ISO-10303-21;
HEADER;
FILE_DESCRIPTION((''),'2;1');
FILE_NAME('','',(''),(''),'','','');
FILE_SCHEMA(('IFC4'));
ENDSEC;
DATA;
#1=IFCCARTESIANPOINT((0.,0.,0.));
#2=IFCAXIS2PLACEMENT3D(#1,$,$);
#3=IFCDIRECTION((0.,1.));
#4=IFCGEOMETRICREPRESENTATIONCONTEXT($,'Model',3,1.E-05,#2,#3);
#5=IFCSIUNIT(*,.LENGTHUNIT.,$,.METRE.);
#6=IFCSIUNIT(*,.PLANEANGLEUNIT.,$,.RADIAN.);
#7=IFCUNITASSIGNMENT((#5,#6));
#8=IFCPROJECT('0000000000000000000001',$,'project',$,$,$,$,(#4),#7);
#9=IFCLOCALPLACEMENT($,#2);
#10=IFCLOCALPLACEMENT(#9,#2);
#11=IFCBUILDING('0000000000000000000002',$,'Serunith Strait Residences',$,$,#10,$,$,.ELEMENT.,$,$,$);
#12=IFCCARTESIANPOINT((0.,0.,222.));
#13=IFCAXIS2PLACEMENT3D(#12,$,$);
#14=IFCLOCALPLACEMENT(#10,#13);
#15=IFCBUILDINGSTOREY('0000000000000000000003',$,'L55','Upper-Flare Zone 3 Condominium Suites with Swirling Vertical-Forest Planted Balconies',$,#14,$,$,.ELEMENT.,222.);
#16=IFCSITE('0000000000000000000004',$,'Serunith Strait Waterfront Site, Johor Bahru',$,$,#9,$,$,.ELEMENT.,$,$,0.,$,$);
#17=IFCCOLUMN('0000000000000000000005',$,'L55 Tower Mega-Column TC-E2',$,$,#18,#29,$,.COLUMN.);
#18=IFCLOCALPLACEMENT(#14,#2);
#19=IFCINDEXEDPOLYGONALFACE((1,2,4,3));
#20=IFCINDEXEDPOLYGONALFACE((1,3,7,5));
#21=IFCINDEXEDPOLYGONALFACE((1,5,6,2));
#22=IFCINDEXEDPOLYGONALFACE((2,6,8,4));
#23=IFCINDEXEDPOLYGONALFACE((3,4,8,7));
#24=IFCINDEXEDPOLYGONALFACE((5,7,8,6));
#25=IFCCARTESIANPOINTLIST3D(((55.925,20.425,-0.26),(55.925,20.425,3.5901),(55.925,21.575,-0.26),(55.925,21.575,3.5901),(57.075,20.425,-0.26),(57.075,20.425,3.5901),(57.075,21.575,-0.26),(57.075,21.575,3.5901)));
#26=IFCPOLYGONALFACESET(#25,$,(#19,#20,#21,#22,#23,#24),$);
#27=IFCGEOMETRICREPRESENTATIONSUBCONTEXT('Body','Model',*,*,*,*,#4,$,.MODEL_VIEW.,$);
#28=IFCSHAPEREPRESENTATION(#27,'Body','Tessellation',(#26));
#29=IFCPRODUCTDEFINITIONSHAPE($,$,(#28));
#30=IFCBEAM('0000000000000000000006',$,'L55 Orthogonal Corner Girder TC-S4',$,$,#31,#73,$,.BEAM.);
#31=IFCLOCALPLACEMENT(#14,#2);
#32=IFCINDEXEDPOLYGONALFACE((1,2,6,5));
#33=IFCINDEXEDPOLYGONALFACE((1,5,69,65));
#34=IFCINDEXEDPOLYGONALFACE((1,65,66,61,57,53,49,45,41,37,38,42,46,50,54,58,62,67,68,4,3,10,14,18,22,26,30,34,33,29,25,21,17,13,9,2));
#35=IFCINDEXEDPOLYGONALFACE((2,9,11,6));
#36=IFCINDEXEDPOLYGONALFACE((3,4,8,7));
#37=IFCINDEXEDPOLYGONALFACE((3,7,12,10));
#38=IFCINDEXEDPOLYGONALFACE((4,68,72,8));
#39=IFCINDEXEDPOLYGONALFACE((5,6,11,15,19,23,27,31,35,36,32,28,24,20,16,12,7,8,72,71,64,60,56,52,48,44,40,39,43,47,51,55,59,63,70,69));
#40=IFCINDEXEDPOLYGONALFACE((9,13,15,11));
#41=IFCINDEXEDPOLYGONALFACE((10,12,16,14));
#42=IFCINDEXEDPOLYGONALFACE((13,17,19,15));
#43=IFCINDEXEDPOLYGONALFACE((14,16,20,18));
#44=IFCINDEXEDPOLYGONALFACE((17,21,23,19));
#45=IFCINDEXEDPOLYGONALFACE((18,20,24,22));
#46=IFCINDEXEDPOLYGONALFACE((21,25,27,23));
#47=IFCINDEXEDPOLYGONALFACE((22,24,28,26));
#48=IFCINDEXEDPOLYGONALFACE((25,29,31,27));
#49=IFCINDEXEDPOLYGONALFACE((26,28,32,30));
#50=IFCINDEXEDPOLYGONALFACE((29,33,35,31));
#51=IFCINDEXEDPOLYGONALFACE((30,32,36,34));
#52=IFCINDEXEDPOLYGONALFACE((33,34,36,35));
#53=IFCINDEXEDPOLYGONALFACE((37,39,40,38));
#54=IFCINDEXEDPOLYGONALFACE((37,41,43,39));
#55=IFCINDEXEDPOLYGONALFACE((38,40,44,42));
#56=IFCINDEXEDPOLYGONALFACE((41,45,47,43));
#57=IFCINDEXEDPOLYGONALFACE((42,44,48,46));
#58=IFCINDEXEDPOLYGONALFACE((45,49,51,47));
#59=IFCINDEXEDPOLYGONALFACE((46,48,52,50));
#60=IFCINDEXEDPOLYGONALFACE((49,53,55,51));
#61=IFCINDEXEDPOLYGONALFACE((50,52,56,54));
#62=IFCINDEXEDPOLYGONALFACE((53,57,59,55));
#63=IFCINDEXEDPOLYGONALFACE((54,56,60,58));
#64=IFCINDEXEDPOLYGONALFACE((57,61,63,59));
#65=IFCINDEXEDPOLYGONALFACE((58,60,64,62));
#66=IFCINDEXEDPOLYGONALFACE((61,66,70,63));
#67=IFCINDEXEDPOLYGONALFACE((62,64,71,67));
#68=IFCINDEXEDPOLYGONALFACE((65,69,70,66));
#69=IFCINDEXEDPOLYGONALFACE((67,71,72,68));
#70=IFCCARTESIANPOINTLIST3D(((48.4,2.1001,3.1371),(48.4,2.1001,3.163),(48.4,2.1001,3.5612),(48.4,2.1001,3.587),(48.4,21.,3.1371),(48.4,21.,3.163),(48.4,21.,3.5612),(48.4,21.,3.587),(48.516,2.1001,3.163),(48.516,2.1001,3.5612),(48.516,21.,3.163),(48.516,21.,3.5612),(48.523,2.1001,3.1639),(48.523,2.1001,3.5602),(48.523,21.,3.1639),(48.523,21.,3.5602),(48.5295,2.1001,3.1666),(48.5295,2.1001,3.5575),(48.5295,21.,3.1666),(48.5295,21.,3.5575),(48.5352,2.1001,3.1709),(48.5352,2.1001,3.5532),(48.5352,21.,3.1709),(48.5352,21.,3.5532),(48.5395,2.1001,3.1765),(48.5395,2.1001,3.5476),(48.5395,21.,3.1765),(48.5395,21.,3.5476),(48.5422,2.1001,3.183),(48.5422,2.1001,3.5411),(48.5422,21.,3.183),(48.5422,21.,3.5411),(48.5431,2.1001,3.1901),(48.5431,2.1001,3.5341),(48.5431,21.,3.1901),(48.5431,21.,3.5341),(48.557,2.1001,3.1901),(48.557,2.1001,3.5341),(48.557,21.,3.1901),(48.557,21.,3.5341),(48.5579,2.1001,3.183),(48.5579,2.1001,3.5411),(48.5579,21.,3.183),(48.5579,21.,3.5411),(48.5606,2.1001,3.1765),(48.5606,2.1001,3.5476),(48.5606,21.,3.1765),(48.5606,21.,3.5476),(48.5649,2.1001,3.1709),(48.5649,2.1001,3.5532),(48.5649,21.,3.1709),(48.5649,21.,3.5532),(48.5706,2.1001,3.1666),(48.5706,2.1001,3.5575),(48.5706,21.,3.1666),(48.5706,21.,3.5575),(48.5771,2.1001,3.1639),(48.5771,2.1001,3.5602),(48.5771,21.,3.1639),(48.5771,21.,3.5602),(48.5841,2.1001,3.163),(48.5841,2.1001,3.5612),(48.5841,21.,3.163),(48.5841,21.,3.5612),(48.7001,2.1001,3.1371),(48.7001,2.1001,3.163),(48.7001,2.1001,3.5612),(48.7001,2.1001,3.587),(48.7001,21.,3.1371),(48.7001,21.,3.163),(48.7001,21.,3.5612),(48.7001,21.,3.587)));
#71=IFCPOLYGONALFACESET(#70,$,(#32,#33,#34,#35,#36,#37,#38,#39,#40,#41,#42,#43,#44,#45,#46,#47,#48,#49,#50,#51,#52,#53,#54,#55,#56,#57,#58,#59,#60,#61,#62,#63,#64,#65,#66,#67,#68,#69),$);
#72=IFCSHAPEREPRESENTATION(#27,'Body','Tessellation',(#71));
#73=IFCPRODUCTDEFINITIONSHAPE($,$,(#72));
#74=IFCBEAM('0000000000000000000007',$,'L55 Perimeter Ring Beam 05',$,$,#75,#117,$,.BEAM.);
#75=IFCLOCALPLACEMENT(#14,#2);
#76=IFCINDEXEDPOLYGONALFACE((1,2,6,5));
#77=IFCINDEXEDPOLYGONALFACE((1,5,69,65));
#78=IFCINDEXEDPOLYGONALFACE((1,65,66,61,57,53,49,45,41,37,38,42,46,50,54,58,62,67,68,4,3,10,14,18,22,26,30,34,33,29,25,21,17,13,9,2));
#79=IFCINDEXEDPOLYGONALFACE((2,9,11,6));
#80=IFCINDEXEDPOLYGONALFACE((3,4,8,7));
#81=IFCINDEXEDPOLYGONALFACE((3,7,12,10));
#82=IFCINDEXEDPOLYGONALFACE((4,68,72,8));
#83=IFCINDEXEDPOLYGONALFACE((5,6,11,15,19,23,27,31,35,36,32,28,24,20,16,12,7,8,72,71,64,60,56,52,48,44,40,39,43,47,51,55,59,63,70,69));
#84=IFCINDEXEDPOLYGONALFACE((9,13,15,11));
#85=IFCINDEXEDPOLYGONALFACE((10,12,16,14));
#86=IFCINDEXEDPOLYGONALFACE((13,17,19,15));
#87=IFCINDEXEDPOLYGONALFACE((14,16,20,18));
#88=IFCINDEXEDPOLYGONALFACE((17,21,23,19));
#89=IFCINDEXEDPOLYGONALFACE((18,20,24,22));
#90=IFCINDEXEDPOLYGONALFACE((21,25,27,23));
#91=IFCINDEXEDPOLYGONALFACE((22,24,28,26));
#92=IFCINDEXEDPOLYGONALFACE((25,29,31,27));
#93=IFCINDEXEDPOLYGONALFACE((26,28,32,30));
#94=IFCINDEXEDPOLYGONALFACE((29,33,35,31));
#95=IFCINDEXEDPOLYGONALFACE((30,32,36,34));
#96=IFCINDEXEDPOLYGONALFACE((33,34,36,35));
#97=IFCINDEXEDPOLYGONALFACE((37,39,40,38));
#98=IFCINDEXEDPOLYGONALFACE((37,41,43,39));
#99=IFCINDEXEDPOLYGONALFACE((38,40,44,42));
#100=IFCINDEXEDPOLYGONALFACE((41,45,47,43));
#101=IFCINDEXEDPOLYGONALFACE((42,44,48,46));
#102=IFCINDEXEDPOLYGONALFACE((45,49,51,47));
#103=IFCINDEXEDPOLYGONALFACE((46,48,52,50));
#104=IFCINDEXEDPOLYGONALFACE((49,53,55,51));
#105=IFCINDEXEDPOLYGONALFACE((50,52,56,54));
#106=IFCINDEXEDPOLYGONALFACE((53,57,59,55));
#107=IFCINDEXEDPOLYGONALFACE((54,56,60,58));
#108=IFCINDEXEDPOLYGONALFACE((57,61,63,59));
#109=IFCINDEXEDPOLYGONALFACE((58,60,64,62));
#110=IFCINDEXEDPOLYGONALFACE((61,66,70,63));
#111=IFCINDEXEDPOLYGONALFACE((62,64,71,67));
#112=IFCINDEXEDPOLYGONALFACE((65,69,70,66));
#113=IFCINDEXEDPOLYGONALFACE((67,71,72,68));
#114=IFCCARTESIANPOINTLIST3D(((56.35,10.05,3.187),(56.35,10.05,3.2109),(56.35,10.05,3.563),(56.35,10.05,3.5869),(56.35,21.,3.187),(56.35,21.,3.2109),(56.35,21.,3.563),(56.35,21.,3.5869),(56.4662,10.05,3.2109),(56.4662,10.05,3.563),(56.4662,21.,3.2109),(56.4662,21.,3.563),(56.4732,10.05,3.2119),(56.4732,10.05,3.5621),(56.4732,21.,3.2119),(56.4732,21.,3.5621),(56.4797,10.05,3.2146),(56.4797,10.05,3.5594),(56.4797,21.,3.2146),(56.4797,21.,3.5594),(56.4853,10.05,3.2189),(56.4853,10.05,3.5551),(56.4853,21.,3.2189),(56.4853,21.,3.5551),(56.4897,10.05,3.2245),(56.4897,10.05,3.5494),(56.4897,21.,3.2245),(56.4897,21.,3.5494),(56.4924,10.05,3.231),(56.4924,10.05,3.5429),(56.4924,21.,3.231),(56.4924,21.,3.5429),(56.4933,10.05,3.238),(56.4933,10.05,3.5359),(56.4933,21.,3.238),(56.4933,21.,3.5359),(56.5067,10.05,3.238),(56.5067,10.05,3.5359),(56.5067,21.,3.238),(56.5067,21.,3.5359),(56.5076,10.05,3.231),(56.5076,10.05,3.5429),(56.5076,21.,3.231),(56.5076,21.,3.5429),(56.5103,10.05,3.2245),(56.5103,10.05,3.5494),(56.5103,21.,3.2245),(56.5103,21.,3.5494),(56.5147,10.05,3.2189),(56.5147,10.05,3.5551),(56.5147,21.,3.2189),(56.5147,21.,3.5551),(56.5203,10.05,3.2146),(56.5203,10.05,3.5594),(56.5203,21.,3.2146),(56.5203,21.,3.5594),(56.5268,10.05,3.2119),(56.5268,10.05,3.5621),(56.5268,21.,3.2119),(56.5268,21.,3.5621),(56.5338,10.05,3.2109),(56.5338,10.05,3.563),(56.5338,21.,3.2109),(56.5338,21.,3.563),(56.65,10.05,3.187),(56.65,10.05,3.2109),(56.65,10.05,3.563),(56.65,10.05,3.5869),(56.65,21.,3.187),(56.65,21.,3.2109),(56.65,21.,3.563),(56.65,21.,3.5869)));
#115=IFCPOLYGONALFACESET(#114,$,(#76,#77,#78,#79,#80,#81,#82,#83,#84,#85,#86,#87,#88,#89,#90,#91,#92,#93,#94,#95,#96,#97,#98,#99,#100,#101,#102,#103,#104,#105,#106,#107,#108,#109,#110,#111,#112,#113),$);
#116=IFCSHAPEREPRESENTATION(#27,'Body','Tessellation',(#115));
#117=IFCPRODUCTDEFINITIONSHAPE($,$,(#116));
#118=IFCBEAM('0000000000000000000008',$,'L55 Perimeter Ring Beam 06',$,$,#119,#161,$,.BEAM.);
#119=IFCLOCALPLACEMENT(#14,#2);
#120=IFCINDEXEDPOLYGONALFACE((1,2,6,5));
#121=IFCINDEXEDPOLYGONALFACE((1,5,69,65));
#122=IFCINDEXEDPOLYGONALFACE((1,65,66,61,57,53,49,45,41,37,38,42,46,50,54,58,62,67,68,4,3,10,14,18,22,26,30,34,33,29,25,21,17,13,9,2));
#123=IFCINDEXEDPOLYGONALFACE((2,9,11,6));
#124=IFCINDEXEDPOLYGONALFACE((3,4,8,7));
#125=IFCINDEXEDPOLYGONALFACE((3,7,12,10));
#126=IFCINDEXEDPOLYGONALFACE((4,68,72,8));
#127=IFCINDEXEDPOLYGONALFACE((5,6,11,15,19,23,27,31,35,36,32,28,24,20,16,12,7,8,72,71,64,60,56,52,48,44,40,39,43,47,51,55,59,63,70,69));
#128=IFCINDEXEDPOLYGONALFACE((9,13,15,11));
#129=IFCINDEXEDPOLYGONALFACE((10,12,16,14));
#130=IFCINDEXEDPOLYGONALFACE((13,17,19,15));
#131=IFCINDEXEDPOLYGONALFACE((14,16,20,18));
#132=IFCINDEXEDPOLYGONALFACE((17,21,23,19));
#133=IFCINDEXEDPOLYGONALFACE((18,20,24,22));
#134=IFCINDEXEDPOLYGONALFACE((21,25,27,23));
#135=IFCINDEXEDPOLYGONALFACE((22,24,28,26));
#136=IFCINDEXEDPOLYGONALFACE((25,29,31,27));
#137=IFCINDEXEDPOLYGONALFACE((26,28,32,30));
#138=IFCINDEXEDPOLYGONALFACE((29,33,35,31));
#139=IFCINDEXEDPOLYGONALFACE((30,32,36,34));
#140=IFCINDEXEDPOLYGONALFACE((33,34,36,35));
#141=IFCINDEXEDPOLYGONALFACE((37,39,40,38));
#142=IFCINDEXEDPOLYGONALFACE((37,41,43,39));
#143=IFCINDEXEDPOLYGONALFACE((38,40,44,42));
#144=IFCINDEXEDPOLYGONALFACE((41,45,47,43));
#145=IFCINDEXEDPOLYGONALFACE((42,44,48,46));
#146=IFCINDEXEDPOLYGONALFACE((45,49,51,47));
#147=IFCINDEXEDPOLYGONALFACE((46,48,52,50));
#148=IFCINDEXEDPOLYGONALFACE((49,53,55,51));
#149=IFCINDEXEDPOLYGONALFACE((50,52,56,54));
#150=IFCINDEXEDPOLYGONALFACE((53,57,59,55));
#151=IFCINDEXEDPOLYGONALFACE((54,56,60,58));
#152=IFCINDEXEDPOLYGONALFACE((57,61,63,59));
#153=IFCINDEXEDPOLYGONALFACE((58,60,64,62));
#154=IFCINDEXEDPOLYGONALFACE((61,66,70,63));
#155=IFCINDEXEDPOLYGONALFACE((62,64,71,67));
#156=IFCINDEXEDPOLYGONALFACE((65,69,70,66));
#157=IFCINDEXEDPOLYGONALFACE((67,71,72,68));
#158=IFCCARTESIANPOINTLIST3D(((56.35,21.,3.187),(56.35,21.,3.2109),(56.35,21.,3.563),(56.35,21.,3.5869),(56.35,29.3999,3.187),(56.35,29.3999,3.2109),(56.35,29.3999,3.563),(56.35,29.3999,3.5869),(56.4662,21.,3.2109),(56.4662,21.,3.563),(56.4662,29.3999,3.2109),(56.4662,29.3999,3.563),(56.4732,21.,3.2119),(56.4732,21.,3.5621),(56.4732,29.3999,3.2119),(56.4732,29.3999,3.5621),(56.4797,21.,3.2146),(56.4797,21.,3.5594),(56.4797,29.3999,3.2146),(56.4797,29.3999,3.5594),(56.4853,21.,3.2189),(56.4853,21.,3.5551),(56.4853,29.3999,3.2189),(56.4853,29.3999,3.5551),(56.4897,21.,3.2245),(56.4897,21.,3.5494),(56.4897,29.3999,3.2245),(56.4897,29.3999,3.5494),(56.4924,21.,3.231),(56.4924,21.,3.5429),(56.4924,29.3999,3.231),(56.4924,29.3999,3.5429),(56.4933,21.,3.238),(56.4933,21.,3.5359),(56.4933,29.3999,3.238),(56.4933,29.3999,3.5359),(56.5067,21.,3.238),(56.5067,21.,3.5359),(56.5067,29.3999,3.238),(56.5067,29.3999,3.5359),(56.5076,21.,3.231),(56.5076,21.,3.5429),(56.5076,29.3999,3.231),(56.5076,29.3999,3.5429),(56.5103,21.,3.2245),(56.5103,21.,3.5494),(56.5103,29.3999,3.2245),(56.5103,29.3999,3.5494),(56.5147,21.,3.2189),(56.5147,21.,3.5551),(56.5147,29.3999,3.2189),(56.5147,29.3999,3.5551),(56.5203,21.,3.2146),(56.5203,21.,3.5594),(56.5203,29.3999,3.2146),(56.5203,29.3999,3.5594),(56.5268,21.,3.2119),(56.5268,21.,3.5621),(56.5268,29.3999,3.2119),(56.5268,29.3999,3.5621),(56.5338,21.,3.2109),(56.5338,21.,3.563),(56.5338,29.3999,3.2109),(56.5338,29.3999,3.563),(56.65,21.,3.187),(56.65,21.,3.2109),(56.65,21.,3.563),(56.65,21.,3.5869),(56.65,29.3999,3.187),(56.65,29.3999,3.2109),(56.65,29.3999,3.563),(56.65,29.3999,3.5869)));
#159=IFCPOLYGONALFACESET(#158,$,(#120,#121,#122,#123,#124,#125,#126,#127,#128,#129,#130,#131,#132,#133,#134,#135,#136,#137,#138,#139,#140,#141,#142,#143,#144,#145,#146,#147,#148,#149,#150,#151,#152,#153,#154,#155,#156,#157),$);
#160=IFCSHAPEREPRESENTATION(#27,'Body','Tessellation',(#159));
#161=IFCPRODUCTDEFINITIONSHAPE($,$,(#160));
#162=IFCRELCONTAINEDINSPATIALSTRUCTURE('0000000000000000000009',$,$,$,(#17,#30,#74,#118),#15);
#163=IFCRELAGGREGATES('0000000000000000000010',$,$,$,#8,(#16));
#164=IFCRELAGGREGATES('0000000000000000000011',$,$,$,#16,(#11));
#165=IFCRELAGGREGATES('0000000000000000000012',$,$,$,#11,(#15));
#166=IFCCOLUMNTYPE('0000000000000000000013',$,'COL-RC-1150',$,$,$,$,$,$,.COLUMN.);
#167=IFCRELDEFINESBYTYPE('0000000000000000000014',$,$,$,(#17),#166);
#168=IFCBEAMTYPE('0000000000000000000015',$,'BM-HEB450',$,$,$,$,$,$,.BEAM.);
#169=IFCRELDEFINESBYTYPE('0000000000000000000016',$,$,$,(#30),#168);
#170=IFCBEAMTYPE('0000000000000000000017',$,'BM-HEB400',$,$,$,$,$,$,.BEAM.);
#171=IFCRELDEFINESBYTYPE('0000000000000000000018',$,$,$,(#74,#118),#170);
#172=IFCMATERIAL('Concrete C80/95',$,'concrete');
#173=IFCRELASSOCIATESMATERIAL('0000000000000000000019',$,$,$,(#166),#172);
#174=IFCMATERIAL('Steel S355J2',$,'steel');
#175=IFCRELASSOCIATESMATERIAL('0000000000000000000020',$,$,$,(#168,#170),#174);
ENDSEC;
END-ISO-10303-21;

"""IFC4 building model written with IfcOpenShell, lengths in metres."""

from ifc_helpers import new_model, si_unit, direction, frame, origin, origin_2d, place, context, subcontext, project, spatial, rectangle, i_section, extrude, source, transform, mapped, material, material_profile, profile_set, type_object, element, save


model = new_model("IFC4")

# Units and contexts
model_context = context("Model", 3, precision=1e-05, world=origin(), true_north=direction((0.0, 1.0)))
body_context = subcontext(model_context, "Body", "Model", "MODEL_VIEW")
ifc_project = project(units=[si_unit("LENGTHUNIT", "METRE"), si_unit("PLANEANGLEUNIT", "RADIAN")], contexts=[model_context])

# Site, building, storey
site_placement = place(None, origin())
site = spatial("IfcSite", under=ifc_project, at=site_placement, Name="Serunith Strait Waterfront Site, Johor Bahru", CompositionType="ELEMENT", RefElevation=0.0)
building_placement = place(site_placement, origin())
building = spatial("IfcBuilding", under=site, at=building_placement, Name="Serunith Strait Residences", CompositionType="ELEMENT")
storey_placement = place(building_placement, frame((0.0, 0.0, 222.0)))
storey = spatial("IfcBuildingStorey", under=building, at=storey_placement, Name="L55", Description="Upper-Flare Zone 3 Condominium Suites with Swirling Vertical-Forest Planted Balconies", CompositionType="ELEMENT", Elevation=222.0)

# Column
ifc_material_1 = material(Name="Concrete C80/95", Category="concrete")
ifc_material_profile_1 = material_profile(ifc_material_1, rectangle(XDim=1.1499, YDim=1.1499, at=origin_2d()), Name="RC 1150x1150")
ifc_profile_set_1 = profile_set([ifc_material_profile_1], Name="Concrete C80/95")
column_type = type_object("IfcColumnType", Name="COL-RC-1150", PredefinedType="COLUMN", material=ifc_profile_set_1)
shared_shape_1 = source(origin(), body_context, "Body", "SweptSolid", [
    extrude(rectangle(XDim=1.1499, YDim=1.1499, at=origin_2d()), origin(), (0.0, 0.0, 1.0), 3.8501),
])
column_placement = place(storey_placement, frame((56.5, 21.0, -0.26), z_axis=(0.0, 0.0, 1.0), x_axis=(1.0, 0.0, 0.0)))
element("IfcColumn", 1, at=column_placement, inside=storey, type_object=column_type, Name="L55 Tower Mega-Column TC-E2", PredefinedType="COLUMN", context=body_context, shape_type="MappedRepresentation", body=[
    mapped(shared_shape_1, transform((0.0, 0.0, 0.0), scale=1.0)),
])

# Beams
ifc_material_2 = material(Name="Steel S355J2", Category="steel")
ifc_material_profile_2 = material_profile(ifc_material_2, i_section(OverallWidth=0.3, OverallDepth=0.45, WebThickness=0.0139, FlangeThickness=0.0259, FilletRadius=0.0271, at=origin_2d()), Name="HEB 450")
ifc_profile_set_2 = profile_set([ifc_material_profile_2], Name="Steel S355J2")
beam_type_1 = type_object("IfcBeamType", Name="BM-HEB450", PredefinedType="BEAM", material=ifc_profile_set_2)
shared_shape_2 = source(origin(), body_context, "Body", "SweptSolid", [
    extrude(i_section(OverallWidth=0.3, OverallDepth=0.45, WebThickness=0.0139, FlangeThickness=0.0259, FilletRadius=0.0271, at=origin_2d()), origin(), (0.0, 0.0, 1.0), 18.8999),
])
beam_1_placement = place(storey_placement, frame((48.55, 21.0, 3.3621), z_axis=(0.0, -1.0, 0.0), x_axis=(1.0, 0.0, 0.0)))
element("IfcBeam", 2, at=beam_1_placement, inside=storey, type_object=beam_type_1, Name="L55 Orthogonal Corner Girder TC-S4", PredefinedType="BEAM", context=body_context, shape_type="MappedRepresentation", body=[
    mapped(shared_shape_2, transform((0.0, 0.0, 0.0), scale=1.0)),
])
ifc_material_profile_3 = material_profile(ifc_material_2, i_section(OverallWidth=0.3, OverallDepth=0.3999, WebThickness=0.0134, FlangeThickness=0.0239, FilletRadius=0.0271, at=origin_2d()), Name="HEB 400")
ifc_profile_set_3 = profile_set([ifc_material_profile_3], Name="Steel S355J2")
beam_type_2 = type_object("IfcBeamType", Name="BM-HEB400", PredefinedType="BEAM", material=ifc_profile_set_3)
shared_shape_3 = source(origin(), body_context, "Body", "SweptSolid", [
    extrude(i_section(OverallWidth=0.3, OverallDepth=0.3999, WebThickness=0.0134, FlangeThickness=0.0239, FilletRadius=0.0271, at=origin_2d()), origin(), (0.0, 0.0, 1.0), 10.95),
])
beam_2_placement = place(storey_placement, frame((56.5, 10.05, 3.387), z_axis=(0.0, 1.0, 0.0), x_axis=(-1.0, 0.0, 0.0)))
element("IfcBeam", 3, at=beam_2_placement, inside=storey, type_object=beam_type_2, Name="L55 Perimeter Ring Beam 05", PredefinedType="BEAM", context=body_context, shape_type="MappedRepresentation", body=[
    mapped(shared_shape_3, transform((0.0, 0.0, 0.0), scale=1.0)),
])
shared_shape_4 = source(origin(), body_context, "Body", "SweptSolid", [
    extrude(i_section(OverallWidth=0.3, OverallDepth=0.3999, WebThickness=0.0134, FlangeThickness=0.0239, FilletRadius=0.0271, at=origin_2d()), origin(), (0.0, 0.0, 1.0), 8.3999),
])
beam_3_placement = place(storey_placement, frame((56.5, 21.0, 3.387), z_axis=(0.0, 1.0, 0.0), x_axis=(-1.0, 0.0, 0.0)))
element("IfcBeam", 4, at=beam_3_placement, inside=storey, type_object=beam_type_2, Name="L55 Perimeter Ring Beam 06", PredefinedType="BEAM", context=body_context, shape_type="MappedRepresentation", body=[
    mapped(shared_shape_4, transform((0.0, 0.0, 0.0), scale=1.0)),
])

save(model, "model.ifc")
